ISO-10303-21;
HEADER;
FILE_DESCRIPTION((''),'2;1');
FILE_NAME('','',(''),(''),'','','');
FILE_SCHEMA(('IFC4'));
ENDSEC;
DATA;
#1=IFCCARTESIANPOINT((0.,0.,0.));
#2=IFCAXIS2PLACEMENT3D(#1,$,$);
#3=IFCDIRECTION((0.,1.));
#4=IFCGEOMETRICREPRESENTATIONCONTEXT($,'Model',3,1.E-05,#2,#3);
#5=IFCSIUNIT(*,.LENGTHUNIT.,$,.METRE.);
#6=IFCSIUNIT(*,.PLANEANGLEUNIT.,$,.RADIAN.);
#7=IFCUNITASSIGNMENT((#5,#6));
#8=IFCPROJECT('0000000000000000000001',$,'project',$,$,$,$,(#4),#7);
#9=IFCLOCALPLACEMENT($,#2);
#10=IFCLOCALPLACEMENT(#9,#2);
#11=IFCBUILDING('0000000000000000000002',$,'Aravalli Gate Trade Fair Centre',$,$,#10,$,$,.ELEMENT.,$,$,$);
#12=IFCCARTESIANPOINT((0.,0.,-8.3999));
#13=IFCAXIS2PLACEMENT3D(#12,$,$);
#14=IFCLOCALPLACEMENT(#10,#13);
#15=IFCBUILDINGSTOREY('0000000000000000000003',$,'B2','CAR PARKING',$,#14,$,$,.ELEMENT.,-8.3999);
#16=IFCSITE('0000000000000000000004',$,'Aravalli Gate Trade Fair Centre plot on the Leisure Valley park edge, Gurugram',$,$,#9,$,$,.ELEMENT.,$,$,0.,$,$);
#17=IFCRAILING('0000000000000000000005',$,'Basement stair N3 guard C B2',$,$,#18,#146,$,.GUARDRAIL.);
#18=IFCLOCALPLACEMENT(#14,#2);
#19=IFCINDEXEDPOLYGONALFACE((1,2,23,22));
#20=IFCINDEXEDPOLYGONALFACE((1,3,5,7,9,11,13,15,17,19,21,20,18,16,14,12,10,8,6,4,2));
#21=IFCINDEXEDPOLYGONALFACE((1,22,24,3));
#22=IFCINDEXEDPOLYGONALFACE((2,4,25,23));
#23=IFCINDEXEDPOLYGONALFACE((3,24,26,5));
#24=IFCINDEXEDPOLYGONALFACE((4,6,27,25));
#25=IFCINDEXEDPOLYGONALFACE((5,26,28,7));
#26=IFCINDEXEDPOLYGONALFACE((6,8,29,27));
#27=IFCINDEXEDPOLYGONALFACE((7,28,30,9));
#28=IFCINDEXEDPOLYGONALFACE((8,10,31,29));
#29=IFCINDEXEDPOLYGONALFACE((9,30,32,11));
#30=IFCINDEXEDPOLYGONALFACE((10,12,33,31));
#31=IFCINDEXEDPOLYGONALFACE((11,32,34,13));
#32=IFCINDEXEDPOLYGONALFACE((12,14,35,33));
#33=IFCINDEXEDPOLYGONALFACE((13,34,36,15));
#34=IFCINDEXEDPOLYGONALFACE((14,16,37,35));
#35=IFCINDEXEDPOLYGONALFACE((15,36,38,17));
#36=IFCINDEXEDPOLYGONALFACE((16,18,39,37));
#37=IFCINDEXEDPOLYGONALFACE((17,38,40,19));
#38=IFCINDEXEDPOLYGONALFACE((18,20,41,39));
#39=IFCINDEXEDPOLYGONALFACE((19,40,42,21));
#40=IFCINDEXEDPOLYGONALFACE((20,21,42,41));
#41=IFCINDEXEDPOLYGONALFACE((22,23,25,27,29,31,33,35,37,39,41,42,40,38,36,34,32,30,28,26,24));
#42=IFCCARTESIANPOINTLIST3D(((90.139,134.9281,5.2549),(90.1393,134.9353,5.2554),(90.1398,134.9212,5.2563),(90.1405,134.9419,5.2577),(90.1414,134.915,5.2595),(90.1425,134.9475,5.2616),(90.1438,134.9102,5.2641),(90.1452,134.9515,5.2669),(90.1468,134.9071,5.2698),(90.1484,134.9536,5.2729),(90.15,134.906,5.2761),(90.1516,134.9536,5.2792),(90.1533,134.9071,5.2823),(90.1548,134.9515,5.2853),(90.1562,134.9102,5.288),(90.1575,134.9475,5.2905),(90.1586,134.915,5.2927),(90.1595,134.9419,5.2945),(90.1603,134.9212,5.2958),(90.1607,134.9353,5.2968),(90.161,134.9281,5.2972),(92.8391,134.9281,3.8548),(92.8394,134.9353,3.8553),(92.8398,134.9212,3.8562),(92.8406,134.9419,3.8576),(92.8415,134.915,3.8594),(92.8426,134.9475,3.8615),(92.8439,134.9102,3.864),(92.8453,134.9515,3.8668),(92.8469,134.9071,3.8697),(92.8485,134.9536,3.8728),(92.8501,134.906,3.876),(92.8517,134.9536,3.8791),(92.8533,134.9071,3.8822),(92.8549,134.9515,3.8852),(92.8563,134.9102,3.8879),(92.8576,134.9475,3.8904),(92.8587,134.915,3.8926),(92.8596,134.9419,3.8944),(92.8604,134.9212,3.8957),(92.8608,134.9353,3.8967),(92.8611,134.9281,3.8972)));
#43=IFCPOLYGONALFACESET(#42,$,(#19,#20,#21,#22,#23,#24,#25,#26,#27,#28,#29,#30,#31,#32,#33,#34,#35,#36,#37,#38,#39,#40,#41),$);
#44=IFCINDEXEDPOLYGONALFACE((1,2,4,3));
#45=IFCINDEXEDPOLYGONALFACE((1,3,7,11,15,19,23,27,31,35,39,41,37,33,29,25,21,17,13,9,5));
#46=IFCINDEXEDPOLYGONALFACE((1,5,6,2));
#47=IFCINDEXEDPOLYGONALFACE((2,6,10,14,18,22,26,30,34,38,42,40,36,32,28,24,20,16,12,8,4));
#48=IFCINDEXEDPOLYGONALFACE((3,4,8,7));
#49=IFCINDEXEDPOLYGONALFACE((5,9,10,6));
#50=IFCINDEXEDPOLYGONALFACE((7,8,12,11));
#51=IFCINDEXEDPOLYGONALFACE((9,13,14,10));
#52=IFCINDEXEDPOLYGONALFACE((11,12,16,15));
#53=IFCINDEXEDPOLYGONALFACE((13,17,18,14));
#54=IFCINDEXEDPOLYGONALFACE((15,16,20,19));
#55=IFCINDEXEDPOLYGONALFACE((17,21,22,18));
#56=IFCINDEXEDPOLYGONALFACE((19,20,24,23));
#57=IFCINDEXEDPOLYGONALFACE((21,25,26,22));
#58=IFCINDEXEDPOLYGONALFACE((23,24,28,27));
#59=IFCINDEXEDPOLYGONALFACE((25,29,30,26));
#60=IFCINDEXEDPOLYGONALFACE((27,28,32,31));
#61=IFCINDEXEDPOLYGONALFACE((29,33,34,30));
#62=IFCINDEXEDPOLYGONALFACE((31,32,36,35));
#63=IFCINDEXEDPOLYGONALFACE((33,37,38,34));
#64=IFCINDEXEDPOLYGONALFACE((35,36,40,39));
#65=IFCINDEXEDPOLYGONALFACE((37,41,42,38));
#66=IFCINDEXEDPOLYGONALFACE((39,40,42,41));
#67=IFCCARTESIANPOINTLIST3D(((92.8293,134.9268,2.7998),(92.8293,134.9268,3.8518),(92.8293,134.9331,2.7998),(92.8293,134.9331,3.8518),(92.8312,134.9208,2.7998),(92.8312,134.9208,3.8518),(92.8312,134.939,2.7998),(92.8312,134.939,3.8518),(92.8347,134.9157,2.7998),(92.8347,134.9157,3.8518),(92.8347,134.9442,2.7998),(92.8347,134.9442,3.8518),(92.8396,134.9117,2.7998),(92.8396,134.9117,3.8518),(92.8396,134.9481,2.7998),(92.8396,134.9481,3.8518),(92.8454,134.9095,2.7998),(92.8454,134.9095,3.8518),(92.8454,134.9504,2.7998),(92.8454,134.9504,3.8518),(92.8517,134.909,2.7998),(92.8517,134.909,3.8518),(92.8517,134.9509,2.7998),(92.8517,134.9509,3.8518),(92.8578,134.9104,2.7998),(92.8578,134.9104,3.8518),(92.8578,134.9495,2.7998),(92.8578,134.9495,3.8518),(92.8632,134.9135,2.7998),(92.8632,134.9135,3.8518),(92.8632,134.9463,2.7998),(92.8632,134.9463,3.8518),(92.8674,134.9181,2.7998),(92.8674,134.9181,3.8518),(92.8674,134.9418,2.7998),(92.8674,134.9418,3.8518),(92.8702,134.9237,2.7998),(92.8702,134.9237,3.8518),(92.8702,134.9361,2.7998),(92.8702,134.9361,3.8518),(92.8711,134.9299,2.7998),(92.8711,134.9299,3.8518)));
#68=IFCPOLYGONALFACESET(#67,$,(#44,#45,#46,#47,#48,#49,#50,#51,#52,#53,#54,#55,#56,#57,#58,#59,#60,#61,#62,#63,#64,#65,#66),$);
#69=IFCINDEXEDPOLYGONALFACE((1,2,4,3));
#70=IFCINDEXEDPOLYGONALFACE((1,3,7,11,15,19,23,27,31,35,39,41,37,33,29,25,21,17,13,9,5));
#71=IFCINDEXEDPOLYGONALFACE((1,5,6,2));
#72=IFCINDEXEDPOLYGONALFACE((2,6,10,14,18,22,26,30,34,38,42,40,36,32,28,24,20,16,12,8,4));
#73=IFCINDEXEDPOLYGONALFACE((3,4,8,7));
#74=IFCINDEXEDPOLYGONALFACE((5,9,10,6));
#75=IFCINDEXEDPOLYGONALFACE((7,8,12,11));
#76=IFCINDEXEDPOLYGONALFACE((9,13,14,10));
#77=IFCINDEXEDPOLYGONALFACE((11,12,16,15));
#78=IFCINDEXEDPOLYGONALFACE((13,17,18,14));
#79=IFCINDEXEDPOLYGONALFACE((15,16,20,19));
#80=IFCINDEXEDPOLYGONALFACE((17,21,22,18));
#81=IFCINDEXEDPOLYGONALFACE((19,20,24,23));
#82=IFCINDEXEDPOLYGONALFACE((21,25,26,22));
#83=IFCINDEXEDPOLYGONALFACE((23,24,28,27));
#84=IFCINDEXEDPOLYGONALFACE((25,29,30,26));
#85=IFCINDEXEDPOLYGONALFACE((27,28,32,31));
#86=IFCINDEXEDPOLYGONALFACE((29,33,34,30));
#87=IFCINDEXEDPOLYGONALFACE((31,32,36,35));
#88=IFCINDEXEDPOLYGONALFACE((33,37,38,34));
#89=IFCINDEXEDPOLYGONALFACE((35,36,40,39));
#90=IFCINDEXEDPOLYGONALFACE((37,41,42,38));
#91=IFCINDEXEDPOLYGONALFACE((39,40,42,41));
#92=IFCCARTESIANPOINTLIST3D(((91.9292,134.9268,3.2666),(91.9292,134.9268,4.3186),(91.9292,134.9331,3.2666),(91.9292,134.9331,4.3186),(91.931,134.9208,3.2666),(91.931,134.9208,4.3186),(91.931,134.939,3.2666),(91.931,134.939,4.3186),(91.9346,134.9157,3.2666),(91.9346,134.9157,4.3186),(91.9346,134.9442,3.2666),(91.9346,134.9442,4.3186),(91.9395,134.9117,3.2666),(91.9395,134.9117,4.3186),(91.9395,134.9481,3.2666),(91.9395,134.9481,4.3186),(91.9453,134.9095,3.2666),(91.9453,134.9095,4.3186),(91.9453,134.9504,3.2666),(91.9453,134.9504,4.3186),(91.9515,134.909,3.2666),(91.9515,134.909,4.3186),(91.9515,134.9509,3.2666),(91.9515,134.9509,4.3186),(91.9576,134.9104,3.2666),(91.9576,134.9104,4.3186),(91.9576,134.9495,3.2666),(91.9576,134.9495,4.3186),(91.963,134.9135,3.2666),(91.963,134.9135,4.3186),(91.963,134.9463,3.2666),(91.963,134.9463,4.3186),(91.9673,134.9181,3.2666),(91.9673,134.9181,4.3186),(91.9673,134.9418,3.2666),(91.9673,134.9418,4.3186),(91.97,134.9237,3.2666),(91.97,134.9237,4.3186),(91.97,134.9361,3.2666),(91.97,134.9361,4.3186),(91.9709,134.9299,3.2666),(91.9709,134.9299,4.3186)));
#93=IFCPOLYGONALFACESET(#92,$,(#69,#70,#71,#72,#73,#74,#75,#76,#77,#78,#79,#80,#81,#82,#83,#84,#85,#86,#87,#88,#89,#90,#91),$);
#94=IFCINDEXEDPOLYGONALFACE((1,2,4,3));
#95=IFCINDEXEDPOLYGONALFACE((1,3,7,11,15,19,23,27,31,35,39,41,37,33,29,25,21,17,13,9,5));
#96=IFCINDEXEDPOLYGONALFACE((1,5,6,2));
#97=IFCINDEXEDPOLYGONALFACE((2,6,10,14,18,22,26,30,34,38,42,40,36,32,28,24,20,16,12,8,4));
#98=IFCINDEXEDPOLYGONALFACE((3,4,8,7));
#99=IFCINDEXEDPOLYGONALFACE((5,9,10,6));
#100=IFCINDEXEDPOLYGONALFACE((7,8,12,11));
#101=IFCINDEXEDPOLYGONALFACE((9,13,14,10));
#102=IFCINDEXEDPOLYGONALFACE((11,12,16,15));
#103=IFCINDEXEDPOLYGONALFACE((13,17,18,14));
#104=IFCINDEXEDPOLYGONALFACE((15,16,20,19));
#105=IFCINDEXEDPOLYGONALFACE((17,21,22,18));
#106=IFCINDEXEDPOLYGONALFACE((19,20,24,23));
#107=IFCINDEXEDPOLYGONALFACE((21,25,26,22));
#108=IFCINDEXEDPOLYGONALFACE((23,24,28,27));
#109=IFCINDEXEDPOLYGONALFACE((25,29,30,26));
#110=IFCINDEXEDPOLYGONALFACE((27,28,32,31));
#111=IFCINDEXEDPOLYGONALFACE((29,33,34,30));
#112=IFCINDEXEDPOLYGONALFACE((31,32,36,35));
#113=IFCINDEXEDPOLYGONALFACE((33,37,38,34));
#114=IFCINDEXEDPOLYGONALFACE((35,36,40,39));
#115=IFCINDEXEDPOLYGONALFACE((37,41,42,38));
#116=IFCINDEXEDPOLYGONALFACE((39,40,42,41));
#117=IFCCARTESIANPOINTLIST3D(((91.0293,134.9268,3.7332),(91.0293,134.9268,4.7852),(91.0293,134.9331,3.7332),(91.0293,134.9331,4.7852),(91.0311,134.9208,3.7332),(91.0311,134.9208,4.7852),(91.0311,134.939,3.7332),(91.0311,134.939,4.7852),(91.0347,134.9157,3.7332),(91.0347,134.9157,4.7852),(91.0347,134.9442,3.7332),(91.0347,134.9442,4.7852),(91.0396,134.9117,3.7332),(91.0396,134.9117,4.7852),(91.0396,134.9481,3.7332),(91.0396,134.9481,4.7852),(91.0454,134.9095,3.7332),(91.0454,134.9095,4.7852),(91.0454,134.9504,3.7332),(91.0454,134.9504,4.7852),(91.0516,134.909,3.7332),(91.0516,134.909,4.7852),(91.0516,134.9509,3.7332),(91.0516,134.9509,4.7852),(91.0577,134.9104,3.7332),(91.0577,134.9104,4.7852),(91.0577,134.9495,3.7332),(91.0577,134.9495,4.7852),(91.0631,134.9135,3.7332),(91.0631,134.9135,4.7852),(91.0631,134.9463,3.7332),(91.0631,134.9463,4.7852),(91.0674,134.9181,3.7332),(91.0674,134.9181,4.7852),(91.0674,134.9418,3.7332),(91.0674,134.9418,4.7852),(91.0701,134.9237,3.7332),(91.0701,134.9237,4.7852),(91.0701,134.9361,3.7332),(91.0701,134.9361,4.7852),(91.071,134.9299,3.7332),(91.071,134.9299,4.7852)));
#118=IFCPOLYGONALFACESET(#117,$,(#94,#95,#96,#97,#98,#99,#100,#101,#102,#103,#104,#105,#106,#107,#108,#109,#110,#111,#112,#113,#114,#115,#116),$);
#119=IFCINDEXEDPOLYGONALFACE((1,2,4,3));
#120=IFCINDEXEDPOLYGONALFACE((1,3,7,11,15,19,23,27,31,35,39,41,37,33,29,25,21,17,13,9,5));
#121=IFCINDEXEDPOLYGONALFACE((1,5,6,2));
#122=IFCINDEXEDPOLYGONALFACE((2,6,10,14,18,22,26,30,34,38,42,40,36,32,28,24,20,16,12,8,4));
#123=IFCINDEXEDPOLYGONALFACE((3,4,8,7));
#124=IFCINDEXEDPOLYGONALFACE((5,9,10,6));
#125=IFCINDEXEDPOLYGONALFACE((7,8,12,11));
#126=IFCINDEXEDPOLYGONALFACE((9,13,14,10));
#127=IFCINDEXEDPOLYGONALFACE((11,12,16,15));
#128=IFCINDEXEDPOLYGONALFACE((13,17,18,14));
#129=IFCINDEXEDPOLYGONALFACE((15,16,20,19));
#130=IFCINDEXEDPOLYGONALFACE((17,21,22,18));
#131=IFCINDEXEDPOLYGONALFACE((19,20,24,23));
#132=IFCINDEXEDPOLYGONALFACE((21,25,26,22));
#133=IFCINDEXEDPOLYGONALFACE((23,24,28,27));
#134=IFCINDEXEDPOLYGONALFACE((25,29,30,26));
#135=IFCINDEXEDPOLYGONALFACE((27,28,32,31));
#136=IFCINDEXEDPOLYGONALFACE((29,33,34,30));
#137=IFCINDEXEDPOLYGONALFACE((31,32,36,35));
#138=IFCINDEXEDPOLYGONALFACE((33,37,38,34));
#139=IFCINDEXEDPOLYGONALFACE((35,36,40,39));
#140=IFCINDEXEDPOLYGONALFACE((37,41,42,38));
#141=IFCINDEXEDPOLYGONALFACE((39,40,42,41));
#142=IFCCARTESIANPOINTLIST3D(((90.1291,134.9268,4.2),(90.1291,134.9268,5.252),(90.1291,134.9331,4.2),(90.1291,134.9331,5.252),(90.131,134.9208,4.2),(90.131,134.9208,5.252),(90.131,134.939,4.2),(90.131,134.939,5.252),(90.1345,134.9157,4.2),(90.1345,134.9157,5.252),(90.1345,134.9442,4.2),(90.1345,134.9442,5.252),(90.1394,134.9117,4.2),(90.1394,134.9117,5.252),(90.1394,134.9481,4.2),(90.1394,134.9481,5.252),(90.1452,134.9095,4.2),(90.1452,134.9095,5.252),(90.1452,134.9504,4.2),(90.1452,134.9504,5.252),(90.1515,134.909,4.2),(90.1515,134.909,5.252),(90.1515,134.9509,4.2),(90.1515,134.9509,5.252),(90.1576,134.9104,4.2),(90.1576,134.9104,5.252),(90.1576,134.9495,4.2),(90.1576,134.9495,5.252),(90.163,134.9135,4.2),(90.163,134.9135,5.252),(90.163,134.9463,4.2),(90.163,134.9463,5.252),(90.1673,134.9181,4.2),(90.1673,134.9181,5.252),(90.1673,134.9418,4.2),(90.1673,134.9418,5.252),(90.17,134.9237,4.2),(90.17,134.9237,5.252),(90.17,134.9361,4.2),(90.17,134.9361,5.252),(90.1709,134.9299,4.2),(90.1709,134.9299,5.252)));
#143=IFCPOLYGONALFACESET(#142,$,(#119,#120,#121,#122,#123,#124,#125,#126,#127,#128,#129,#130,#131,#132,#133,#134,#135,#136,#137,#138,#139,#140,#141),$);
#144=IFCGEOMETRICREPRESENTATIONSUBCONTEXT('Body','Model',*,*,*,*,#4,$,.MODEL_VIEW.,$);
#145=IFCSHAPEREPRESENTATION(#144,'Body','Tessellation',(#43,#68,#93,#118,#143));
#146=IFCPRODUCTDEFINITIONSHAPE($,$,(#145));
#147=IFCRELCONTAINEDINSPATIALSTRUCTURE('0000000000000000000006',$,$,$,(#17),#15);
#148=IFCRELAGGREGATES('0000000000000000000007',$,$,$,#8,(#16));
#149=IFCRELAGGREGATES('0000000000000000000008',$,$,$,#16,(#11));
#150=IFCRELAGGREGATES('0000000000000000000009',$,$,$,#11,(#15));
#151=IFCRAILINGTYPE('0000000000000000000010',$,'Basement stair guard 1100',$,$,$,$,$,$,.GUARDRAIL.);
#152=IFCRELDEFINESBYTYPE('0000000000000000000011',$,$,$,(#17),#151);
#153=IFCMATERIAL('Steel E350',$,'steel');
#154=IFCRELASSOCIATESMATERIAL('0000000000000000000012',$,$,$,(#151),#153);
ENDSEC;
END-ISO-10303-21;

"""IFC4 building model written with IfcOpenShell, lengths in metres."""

from ifc_helpers import new_model, si_unit, direction, frame, origin, origin_2d, place, context, subcontext, project, spatial, circle, extrude, material, type_object, element, save


model = new_model("IFC4")

# Units and contexts
model_context = context("Model", 3, precision=1e-05, world=origin(), true_north=direction((0.0, 1.0)))
body_context = subcontext(model_context, "Body", "Model", "MODEL_VIEW")
ifc_project = project(units=[si_unit("LENGTHUNIT", "METRE"), si_unit("PLANEANGLEUNIT", "RADIAN")], contexts=[model_context])

# Site, building, storey
site_placement = place(None, origin())
site = spatial("IfcSite", under=ifc_project, at=site_placement, Name="Aravalli Gate Trade Fair Centre plot on the Leisure Valley park edge, Gurugram", CompositionType="ELEMENT", RefElevation=0.0)
building_placement = place(site_placement, origin())
building = spatial("IfcBuilding", under=site, at=building_placement, Name="Aravalli Gate Trade Fair Centre", CompositionType="ELEMENT")
storey_placement = place(building_placement, frame((0.0, 0.0, -8.3999)))
storey = spatial("IfcBuildingStorey", under=building, at=storey_placement, Name="B2", Description="CAR PARKING", CompositionType="ELEMENT", Elevation=-8.3999)

# Railing
ifc_material_1 = material(Name="Steel E350", Category="steel")
railing_type_1 = type_object("IfcRailingType", Name="Basement stair guard 1100", PredefinedType="GUARDRAIL", material=ifc_material_1)
railing_1_placement = place(storey_placement, frame((92.8501, 134.9299, 2.7998)))
element("IfcRailing", 1, at=railing_1_placement, inside=storey, type_object=railing_type_1, Name="Basement stair N3 guard C B2", PredefinedType="GUARDRAIL", context=body_context, shape_type="SweptSolid", body=[
    extrude(circle(Radius=0.0239, at=origin_2d()), frame((0.0, 0.0, 1.0762), z_axis=(-0.887748, 0.0, 0.460329), x_axis=(0.0, -1.0, 0.0)), (0.0, 0.0, 1.0), 3.0415),
    extrude(circle(Radius=0.021, at=origin_2d()), origin(), (0.0, 0.0, 1.0), 1.052),
    extrude(circle(Radius=0.021, at=origin_2d()), frame((-0.9001, 0.0, 0.4668)), (0.0, 0.0, 1.0), 1.052),
    extrude(circle(Radius=0.021, at=origin_2d()), frame((-1.8, 0.0, 0.9333)), (0.0, 0.0, 1.0), 1.052),
    extrude(circle(Radius=0.021, at=origin_2d()), frame((-2.7002, 0.0, 1.4001)), (0.0, 0.0, 1.0), 1.052),
])

save(model, "model.ifc")
